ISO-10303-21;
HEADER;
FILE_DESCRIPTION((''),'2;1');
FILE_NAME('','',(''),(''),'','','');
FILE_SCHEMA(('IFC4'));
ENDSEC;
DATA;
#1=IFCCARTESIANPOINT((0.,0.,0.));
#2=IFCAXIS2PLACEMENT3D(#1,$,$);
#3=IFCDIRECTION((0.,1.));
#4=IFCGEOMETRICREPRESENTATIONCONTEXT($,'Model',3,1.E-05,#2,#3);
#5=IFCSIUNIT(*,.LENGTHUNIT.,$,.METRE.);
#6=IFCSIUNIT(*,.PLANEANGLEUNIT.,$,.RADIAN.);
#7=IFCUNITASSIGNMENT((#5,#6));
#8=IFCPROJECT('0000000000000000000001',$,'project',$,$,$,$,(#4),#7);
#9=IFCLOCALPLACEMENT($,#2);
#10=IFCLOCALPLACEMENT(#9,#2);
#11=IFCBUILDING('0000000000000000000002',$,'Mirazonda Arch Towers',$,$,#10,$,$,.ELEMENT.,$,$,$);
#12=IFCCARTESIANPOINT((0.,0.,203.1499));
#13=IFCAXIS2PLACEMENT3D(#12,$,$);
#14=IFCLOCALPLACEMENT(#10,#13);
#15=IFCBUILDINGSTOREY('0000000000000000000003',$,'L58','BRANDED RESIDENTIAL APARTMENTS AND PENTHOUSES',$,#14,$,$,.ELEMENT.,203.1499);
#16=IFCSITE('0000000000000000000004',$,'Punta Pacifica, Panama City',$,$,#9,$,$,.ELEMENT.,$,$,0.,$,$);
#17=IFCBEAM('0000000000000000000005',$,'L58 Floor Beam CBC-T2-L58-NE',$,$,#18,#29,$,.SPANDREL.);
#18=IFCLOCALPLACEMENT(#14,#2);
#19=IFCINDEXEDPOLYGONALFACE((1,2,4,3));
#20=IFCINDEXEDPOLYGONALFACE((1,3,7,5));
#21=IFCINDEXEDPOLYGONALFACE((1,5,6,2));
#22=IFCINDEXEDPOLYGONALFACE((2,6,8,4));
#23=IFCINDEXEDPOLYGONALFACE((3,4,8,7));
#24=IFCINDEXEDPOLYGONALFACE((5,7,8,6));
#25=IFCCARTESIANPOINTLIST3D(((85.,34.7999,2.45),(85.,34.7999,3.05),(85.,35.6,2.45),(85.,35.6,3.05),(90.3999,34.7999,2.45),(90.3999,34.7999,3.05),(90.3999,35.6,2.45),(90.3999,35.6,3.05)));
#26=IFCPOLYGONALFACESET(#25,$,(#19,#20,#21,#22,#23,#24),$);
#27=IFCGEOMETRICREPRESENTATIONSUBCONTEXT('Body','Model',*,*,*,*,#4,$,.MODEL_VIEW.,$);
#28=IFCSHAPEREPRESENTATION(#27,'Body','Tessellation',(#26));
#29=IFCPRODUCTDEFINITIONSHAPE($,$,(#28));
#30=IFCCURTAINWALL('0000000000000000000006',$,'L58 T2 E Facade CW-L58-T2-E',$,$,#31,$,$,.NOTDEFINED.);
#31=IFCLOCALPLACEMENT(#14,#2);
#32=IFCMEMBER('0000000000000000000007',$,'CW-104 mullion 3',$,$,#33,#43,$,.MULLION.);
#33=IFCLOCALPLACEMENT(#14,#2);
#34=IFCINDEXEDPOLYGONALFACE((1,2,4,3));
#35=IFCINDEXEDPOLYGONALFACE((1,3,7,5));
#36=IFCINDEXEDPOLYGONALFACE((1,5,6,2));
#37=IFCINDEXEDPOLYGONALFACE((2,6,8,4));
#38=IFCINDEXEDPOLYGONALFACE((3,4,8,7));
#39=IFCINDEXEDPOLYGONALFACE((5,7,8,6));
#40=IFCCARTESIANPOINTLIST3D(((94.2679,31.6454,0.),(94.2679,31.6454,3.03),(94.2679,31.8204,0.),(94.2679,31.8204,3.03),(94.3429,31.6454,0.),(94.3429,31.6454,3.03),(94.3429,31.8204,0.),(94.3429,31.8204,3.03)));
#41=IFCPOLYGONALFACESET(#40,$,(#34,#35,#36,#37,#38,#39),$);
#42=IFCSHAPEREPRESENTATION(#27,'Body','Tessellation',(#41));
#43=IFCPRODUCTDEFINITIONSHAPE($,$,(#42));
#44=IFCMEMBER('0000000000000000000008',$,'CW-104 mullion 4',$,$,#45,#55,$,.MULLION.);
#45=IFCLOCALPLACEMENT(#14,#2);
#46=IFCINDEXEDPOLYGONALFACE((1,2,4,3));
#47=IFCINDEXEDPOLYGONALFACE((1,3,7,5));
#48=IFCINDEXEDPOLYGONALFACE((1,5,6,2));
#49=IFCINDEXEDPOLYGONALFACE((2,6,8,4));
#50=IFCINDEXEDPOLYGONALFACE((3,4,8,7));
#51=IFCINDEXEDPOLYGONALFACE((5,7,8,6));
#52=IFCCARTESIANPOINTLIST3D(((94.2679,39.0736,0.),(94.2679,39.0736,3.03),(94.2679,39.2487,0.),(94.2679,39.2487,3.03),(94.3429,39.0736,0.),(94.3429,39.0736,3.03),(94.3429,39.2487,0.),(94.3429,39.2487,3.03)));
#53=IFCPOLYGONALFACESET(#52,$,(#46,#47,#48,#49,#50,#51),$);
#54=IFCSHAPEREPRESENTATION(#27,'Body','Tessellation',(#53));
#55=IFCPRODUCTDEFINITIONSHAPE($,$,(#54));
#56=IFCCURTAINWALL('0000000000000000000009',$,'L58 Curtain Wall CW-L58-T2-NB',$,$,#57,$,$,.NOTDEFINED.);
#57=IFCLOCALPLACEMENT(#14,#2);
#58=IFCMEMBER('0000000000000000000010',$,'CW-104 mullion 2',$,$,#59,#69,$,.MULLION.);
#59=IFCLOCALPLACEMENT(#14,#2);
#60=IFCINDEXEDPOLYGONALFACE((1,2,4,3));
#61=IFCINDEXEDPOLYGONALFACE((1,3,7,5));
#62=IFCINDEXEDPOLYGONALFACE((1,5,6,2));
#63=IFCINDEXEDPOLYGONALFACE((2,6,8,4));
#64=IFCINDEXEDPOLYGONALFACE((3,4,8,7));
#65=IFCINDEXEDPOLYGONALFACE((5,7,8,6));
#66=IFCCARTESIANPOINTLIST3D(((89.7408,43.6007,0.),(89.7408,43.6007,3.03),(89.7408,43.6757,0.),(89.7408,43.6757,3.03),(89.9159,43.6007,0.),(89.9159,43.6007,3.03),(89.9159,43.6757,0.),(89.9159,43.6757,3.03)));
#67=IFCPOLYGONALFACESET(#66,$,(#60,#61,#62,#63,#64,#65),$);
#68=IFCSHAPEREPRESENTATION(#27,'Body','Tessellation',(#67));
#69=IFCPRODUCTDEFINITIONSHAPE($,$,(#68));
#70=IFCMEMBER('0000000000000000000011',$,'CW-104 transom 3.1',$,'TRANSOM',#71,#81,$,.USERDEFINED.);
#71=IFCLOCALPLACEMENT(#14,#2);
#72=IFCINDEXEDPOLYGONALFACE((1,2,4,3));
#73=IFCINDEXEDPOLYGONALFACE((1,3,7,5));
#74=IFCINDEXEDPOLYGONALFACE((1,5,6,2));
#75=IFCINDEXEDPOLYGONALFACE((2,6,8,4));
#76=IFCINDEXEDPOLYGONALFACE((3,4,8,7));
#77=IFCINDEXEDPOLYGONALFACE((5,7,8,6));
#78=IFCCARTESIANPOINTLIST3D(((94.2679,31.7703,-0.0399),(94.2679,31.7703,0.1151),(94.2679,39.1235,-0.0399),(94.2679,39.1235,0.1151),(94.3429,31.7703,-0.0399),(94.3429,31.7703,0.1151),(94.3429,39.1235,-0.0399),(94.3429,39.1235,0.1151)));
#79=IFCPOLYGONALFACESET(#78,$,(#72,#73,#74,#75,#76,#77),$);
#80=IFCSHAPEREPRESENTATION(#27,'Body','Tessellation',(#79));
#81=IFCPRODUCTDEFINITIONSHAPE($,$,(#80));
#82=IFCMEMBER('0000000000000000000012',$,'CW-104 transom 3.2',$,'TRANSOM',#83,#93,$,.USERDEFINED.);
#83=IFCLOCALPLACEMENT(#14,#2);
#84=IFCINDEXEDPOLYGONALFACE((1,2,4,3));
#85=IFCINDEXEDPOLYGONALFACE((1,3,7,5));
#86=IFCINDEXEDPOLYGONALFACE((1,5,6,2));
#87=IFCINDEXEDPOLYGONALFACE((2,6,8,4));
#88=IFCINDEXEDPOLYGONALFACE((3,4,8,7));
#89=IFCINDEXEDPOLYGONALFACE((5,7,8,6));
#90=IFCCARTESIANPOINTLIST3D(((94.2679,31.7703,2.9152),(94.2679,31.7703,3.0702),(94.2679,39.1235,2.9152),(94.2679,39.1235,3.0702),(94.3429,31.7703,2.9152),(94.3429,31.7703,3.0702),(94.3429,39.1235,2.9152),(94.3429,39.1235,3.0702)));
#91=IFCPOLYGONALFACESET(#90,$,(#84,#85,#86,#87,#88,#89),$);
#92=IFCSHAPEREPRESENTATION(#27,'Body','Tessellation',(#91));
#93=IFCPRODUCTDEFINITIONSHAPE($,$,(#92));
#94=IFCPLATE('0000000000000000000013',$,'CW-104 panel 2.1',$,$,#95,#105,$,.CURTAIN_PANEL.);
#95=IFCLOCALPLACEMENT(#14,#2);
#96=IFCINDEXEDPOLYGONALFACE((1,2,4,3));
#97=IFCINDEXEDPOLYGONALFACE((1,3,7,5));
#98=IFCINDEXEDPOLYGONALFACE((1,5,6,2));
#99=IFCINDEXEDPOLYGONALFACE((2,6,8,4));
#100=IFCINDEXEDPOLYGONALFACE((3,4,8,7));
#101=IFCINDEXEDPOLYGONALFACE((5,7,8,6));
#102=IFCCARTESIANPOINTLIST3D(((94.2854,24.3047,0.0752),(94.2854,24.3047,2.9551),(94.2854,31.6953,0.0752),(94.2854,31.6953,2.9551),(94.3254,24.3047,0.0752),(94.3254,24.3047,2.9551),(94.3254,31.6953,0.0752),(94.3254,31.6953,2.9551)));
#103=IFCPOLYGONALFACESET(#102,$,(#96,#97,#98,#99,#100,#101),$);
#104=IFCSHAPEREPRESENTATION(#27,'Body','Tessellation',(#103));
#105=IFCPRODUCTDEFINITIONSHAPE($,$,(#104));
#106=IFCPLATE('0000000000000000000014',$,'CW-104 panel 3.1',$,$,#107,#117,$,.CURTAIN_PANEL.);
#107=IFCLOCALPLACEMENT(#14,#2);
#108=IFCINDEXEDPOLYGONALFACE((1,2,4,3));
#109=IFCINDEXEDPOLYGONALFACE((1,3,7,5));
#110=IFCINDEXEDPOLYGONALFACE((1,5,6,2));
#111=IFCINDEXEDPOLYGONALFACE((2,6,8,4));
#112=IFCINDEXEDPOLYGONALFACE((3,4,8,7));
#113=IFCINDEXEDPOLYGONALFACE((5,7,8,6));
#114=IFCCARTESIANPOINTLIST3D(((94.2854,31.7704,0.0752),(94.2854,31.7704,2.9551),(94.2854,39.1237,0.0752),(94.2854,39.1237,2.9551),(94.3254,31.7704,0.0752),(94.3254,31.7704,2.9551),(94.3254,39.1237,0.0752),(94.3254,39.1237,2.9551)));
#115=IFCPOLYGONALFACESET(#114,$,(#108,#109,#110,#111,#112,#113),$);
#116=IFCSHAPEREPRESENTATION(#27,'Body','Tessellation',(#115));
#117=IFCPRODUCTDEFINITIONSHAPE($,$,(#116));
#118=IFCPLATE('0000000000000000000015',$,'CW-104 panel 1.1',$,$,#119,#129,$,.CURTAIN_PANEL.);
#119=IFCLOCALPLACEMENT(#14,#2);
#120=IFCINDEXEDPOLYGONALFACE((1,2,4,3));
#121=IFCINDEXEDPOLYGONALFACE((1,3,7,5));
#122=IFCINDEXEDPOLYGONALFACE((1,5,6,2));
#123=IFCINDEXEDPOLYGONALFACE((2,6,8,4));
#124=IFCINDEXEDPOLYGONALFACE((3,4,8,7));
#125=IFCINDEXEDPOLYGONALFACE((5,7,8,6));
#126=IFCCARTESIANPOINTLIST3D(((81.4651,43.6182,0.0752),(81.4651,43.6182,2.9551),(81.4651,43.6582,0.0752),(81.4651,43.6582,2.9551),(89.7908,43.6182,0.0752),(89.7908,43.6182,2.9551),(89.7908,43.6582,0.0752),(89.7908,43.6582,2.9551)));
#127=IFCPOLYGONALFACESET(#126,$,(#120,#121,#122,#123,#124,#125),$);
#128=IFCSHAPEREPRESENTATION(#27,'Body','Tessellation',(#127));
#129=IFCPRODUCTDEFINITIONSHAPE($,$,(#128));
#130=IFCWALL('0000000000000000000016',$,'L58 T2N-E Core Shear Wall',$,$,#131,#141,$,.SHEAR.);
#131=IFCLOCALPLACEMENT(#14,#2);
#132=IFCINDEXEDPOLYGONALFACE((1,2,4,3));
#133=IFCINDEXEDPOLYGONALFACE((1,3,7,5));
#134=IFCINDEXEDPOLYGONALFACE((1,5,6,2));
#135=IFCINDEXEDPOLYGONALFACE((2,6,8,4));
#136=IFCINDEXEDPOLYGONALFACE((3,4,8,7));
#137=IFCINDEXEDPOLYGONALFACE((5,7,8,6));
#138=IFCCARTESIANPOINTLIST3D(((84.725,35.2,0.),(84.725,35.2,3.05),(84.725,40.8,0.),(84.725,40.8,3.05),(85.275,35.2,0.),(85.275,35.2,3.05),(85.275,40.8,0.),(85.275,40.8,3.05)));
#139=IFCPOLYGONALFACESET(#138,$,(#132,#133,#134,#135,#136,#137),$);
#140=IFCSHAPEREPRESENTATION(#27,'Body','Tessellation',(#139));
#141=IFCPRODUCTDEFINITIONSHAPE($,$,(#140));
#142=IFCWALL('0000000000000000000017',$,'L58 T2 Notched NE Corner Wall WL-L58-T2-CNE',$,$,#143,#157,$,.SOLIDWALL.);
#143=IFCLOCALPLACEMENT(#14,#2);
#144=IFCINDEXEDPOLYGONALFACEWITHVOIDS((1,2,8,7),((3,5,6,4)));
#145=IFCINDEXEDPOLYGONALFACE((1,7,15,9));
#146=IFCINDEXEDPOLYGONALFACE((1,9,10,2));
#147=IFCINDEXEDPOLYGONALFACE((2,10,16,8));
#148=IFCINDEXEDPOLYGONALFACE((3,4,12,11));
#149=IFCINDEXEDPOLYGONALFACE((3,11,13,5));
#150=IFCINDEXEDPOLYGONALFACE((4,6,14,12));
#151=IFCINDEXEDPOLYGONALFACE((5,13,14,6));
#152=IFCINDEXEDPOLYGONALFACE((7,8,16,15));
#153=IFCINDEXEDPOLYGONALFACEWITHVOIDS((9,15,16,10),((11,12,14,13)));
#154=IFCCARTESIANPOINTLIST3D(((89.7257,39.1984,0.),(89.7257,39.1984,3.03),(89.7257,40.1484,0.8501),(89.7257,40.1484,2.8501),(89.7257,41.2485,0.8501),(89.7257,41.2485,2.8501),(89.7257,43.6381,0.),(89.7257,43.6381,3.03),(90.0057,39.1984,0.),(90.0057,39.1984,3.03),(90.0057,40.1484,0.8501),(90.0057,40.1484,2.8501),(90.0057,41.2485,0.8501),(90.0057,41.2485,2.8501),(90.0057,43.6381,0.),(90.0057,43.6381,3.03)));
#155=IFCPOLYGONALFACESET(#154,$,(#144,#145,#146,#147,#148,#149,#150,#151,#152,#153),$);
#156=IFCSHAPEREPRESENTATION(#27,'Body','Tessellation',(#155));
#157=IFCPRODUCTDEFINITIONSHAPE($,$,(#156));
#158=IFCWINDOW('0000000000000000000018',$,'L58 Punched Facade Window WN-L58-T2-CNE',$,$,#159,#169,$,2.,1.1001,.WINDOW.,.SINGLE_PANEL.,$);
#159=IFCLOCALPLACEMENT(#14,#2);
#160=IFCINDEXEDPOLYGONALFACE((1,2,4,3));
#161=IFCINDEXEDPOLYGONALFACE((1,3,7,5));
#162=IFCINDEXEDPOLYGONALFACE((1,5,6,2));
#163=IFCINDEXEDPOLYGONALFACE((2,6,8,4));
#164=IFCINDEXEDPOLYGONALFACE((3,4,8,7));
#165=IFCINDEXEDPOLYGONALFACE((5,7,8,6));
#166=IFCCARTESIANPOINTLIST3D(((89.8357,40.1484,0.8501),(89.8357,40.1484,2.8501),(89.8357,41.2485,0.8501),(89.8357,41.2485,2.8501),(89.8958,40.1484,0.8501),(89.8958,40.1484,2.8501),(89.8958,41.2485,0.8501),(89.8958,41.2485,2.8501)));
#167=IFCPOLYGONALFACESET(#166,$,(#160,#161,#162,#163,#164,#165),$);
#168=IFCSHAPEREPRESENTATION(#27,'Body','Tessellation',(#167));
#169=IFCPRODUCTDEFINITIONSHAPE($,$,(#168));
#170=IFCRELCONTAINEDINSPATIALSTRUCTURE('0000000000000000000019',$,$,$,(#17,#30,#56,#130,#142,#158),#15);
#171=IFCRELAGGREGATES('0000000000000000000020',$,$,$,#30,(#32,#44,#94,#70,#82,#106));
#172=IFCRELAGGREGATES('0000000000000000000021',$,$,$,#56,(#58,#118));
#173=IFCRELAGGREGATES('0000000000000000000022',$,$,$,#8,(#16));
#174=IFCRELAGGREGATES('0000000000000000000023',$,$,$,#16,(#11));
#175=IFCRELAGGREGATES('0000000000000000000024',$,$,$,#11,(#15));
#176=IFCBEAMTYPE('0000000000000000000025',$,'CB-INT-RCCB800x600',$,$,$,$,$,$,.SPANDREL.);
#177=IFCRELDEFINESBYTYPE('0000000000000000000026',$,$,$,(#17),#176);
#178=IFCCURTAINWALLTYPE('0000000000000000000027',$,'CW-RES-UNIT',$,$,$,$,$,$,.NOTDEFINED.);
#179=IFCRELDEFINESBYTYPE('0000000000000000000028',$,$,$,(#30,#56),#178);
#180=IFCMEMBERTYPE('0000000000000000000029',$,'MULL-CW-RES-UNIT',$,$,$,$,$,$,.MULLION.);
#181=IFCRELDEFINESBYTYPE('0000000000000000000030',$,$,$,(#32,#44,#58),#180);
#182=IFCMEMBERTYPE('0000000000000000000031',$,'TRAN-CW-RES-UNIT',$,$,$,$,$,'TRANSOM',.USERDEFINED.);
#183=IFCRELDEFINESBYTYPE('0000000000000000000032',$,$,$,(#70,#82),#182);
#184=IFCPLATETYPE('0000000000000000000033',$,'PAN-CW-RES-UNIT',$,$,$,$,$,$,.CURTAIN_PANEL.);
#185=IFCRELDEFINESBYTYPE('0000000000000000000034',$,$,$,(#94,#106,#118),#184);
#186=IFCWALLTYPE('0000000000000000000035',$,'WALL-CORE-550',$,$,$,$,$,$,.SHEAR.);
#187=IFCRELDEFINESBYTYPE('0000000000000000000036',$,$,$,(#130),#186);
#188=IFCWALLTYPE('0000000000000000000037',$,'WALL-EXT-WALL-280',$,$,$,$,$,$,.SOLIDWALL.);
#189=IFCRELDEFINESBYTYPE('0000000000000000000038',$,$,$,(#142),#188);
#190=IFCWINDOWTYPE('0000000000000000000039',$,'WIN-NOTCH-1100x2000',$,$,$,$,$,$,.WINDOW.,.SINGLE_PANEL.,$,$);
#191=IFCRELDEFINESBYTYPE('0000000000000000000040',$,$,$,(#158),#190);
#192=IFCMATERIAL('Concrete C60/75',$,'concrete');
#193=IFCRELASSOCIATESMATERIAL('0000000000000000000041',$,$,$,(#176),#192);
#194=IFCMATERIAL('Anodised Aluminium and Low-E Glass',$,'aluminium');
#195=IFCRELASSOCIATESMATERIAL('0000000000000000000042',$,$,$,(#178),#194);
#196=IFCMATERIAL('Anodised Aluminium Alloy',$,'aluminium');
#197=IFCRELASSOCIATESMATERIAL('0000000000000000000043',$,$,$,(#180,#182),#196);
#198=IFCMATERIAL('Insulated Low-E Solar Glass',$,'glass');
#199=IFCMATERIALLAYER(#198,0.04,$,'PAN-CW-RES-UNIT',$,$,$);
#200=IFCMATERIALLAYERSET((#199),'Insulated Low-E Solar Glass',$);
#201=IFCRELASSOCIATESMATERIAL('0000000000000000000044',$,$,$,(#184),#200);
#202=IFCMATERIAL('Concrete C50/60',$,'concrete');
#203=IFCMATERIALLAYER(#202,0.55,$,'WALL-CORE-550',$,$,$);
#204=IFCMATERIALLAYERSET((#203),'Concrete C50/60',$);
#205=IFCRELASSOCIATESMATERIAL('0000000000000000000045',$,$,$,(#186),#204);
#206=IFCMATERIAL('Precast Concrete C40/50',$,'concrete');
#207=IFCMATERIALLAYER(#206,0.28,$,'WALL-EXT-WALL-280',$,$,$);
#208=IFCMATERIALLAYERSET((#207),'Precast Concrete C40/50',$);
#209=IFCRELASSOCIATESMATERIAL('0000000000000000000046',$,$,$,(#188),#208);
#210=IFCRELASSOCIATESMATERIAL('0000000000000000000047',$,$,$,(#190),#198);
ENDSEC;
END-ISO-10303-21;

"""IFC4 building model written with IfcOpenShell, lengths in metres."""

from ifc_helpers import new_model, si_unit, direction, frame, frame_2d, origin, origin_2d, place, context, subcontext, project, spatial, rectangle, extrude, material, layer, layer_set, material_profile, profile_set, type_object, element, fill, aggregate, save


model = new_model("IFC4")

# Units and contexts
model_context = context("Model", 3, precision=1e-05, world=origin(), true_north=direction((0.0, 1.0)))
body_context = subcontext(model_context, "Body", "Model", "MODEL_VIEW")
ifc_project = project(units=[si_unit("LENGTHUNIT", "METRE"), si_unit("PLANEANGLEUNIT", "RADIAN")], contexts=[model_context])

# Site, building, storey
site_placement = place(None, origin())
site = spatial("IfcSite", under=ifc_project, at=site_placement, Name="Punta Pacifica, Panama City", CompositionType="ELEMENT", RefElevation=0.0)
building_placement = place(site_placement, origin())
building = spatial("IfcBuilding", under=site, at=building_placement, Name="Mirazonda Arch Towers", CompositionType="ELEMENT")
storey_placement = place(building_placement, frame((0.0, 0.0, 203.1499)))
storey = spatial("IfcBuildingStorey", under=building, at=storey_placement, Name="L58", Description="BRANDED RESIDENTIAL APARTMENTS AND PENTHOUSES", CompositionType="ELEMENT", Elevation=203.1499)

# Shared definitions
ifc_material_1 = material(Name="Concrete C50/60", Category="concrete")

# Beam
ifc_material_2 = material(Name="Concrete C60/75", Category="concrete")
ifc_material_profile_1 = material_profile(ifc_material_2, rectangle(XDim=0.8, YDim=0.6001, at=origin_2d()), Name="RCCB800x600")
ifc_profile_set_1 = profile_set([ifc_material_profile_1], Name="Concrete C60/75")
beam_type_1 = type_object("IfcBeamType", Name="CB-INT-RCCB800x600", PredefinedType="SPANDREL", material=ifc_profile_set_1)
beam_1_placement = place(storey_placement, frame((85.0, 35.2, 2.75), z_axis=(1.0, 0.0, 0.0), x_axis=(0.0, 1.0, 0.0)))
element("IfcBeam", 1, at=beam_1_placement, inside=storey, type_object=beam_type_1, Name="L58 Floor Beam CBC-T2-L58-NE", PredefinedType="SPANDREL", context=body_context, shape_type="SweptSolid", body=[
    extrude(rectangle(XDim=0.8, YDim=0.6001, at=origin_2d()), origin(), (0.0, 0.0, 1.0), 5.3999),
])

# Curtain wall, members
ifc_material_3 = material(Name="Anodised Aluminium and Low-E Glass", Category="aluminium")
curtain_wall_type = type_object("IfcCurtainWallType", Name="CW-RES-UNIT", PredefinedType="NOTDEFINED", material=ifc_material_3)
curtain_wall_1_placement = place(storey_placement, origin())
curtain_wall_1 = element("IfcCurtainWall", 2, at=curtain_wall_1_placement, inside=storey, type_object=curtain_wall_type, Name="L58 T2 E Facade CW-L58-T2-E", PredefinedType="NOTDEFINED")
ifc_material_4 = material(Name="Anodised Aluminium Alloy", Category="aluminium")
ifc_material_profile_2 = material_profile(ifc_material_4, rectangle(XDim=0.075, YDim=0.175, at=origin_2d()), Name="ALU-MULL-75x175")
ifc_profile_set_2 = profile_set([ifc_material_profile_2], Name="Anodised Aluminium Alloy")
member_type_1 = type_object("IfcMemberType", Name="MULL-CW-RES-UNIT", PredefinedType="MULLION", material=ifc_profile_set_2)
member_1_placement = place(storey_placement, frame((94.3054, 31.7329, 0.0), z_axis=(0.0, 0.0, 1.0), x_axis=(-1.0, 0.0, 0.0)))
member_1 = element("IfcMember", 3, at=member_1_placement, type_object=member_type_1, Name="CW-104 mullion 3", PredefinedType="MULLION", context=body_context, shape_type="SweptSolid", body=[
    extrude(rectangle(XDim=0.075, YDim=0.175, at=origin_2d()), origin(), (0.0, 0.0, 1.0), 3.03),
])
member_2_placement = place(storey_placement, frame((94.3054, 39.1611, 0.0), z_axis=(0.0, 0.0, 1.0), x_axis=(-1.0, 0.0, 0.0)))
member_2 = element("IfcMember", 4, at=member_2_placement, type_object=member_type_1, Name="CW-104 mullion 4", PredefinedType="MULLION", context=body_context, shape_type="SweptSolid", body=[
    extrude(rectangle(XDim=0.075, YDim=0.175, at=origin_2d()), origin(), (0.0, 0.0, 1.0), 3.03),
])

# Curtain wall, member
curtain_wall_2_placement = place(storey_placement, origin())
curtain_wall_2 = element("IfcCurtainWall", 5, at=curtain_wall_2_placement, inside=storey, type_object=curtain_wall_type, Name="L58 Curtain Wall CW-L58-T2-NB", PredefinedType="NOTDEFINED")
member_3_placement = place(storey_placement, frame((89.8284, 43.6382, 0.0), z_axis=(0.0, 0.0, 1.0), x_axis=(0.0, 1.0, 0.0)))
member_3 = element("IfcMember", 6, at=member_3_placement, type_object=member_type_1, Name="CW-104 mullion 2", PredefinedType="MULLION", context=body_context, shape_type="SweptSolid", body=[
    extrude(rectangle(XDim=0.075, YDim=0.175, at=origin_2d()), origin(), (0.0, 0.0, 1.0), 3.03),
])

# Members
ifc_material_profile_3 = material_profile(ifc_material_4, rectangle(XDim=0.075, YDim=0.155, at=origin_2d()), Name="ALU-TRAN-75x155")
ifc_profile_set_3 = profile_set([ifc_material_profile_3], Name="Anodised Aluminium Alloy")
member_type_2 = type_object("IfcMemberType", Name="TRAN-CW-RES-UNIT", ElementType="TRANSOM", PredefinedType="USERDEFINED", material=ifc_profile_set_3)
member_4_placement = place(storey_placement, frame((94.3054, 31.7703, 0.0376), z_axis=(0.0, 1.0, 0.0), x_axis=(-1.0, 0.0, 0.0)))
member_4 = element("IfcMember", 7, at=member_4_placement, type_object=member_type_2, Name="CW-104 transom 3.1", ObjectType="TRANSOM", PredefinedType="USERDEFINED", context=body_context, shape_type="SweptSolid", body=[
    extrude(rectangle(XDim=0.075, YDim=0.155, at=origin_2d()), origin(), (0.0, 0.0, 1.0), 7.3533),
])
member_5_placement = place(storey_placement, frame((94.3054, 31.7703, 2.9927), z_axis=(0.0, 1.0, 0.0), x_axis=(-1.0, 0.0, 0.0)))
member_5 = element("IfcMember", 8, at=member_5_placement, type_object=member_type_2, Name="CW-104 transom 3.2", ObjectType="TRANSOM", PredefinedType="USERDEFINED", context=body_context, shape_type="SweptSolid", body=[
    extrude(rectangle(XDim=0.075, YDim=0.155, at=origin_2d()), origin(), (0.0, 0.0, 1.0), 7.3533),
])

# Plates
ifc_material_5 = material(Name="Insulated Low-E Solar Glass", Category="glass")
ifc_layer_1 = layer(ifc_material_5, 0.04, Name="PAN-CW-RES-UNIT")
ifc_layer_set_1 = layer_set([ifc_layer_1], Name="Insulated Low-E Solar Glass")
plate_type = type_object("IfcPlateType", Name="PAN-CW-RES-UNIT", PredefinedType="CURTAIN_PANEL", material=ifc_layer_set_1)
plate_1_placement = place(storey_placement, frame((94.3054, 28.0, 0.0752), z_axis=(0.0, 0.0, 1.0), x_axis=(0.0, 1.0, 0.0)))
plate_1 = element("IfcPlate", 9, at=plate_1_placement, type_object=plate_type, Name="CW-104 panel 2.1", PredefinedType="CURTAIN_PANEL", context=body_context, shape_type="SweptSolid", body=[
    extrude(rectangle(XDim=7.3906, YDim=0.04, at=origin_2d()), origin(), (0.0, 0.0, 1.0), 2.8799),
])
plate_2_placement = place(storey_placement, frame((94.3054, 35.447, 0.0752), z_axis=(0.0, 0.0, 1.0), x_axis=(0.0, 1.0, 0.0)))
plate_2 = element("IfcPlate", 10, at=plate_2_placement, type_object=plate_type, Name="CW-104 panel 3.1", PredefinedType="CURTAIN_PANEL", context=body_context, shape_type="SweptSolid", body=[
    extrude(rectangle(XDim=7.3533, YDim=0.04, at=origin_2d()), origin(), (0.0, 0.0, 1.0), 2.8799),
])
aggregate(curtain_wall_1, [member_1, member_2, plate_1, member_4, member_5, plate_2])
plate_3_placement = place(storey_placement, frame((85.6279, 43.6382, 0.0752), z_axis=(0.0, 0.0, 1.0), x_axis=(1.0, 0.0, 0.0)))
plate_3 = element("IfcPlate", 11, at=plate_3_placement, type_object=plate_type, Name="CW-104 panel 1.1", PredefinedType="CURTAIN_PANEL", context=body_context, shape_type="SweptSolid", body=[
    extrude(rectangle(XDim=8.3257, YDim=0.04, at=origin_2d()), origin(), (0.0, 0.0, 1.0), 2.8799),
])
aggregate(curtain_wall_2, [member_3, plate_3])

# Wall
ifc_layer_2 = layer(ifc_material_1, 0.55, Name="WALL-CORE-550")
ifc_layer_set_2 = layer_set([ifc_layer_2], Name="Concrete C50/60")
wall_type_1 = type_object("IfcWallType", Name="WALL-CORE-550", PredefinedType="SHEAR", material=ifc_layer_set_2)
wall_1_placement = place(storey_placement, frame((85.0, 35.2, 0.0), z_axis=(0.0, 0.0, 1.0), x_axis=(0.0, 1.0, 0.0)))
element("IfcWall", 12, at=wall_1_placement, inside=storey, type_object=wall_type_1, Name="L58 T2N-E Core Shear Wall", PredefinedType="SHEAR", context=body_context, shape_type="SweptSolid", body=[
    extrude(rectangle(XDim=5.6001, YDim=0.55, at=frame_2d((2.8, 0.0))), origin(), (0.0, 0.0, 1.0), 3.05),
])

# Wall, opening, window
ifc_material_6 = material(Name="Precast Concrete C40/50", Category="concrete")
ifc_layer_3 = layer(ifc_material_6, 0.28, Name="WALL-EXT-WALL-280")
ifc_layer_set_3 = layer_set([ifc_layer_3], Name="Precast Concrete C40/50")
wall_type_2 = type_object("IfcWallType", Name="WALL-EXT-WALL-280", PredefinedType="SOLIDWALL", material=ifc_layer_set_3)
wall_2_placement = place(storey_placement, frame((89.8657, 39.1985, 0.0), z_axis=(0.0, 0.0, 1.0), x_axis=(0.0, 1.0, 0.0)))
wall_2 = element("IfcWall", 13, at=wall_2_placement, inside=storey, type_object=wall_type_2, Name="L58 T2 Notched NE Corner Wall WL-L58-T2-CNE", PredefinedType="SOLIDWALL", context=body_context, shape_type="SweptSolid", body=[
    extrude(rectangle(XDim=4.4397, YDim=0.28, at=frame_2d((2.2197, 0.0))), origin(), (0.0, 0.0, 1.0), 3.03),
])
opening_1_placement = place(wall_2_placement, frame((0.95, 0.0, 0.8501)))
opening_1 = element("IfcOpeningElement", 14, at=opening_1_placement, cuts=wall_2, PredefinedType="OPENING", context=body_context, shape_type="SweptSolid", body=[
    extrude(rectangle(XDim=1.1001, YDim=2.0, at=frame_2d((0.55, 1.0))), frame((0.0, 0.1499, 0.0), z_axis=(0.0, -1.0, 0.0), x_axis=(1.0, 0.0, 0.0)), (0.0, 0.0, 1.0), 0.3),
])
window_type = type_object("IfcWindowType", Name="WIN-NOTCH-1100x2000", PartitioningType="SINGLE_PANEL", PredefinedType="WINDOW", material=ifc_material_5)
window_1_placement = place(opening_1_placement, origin())
window_1 = element("IfcWindow", 15, at=window_1_placement, inside=storey, type_object=window_type, Name="L58 Punched Facade Window WN-L58-T2-CNE", OverallHeight=2.0, OverallWidth=1.1001, PartitioningType="SINGLE_PANEL", PredefinedType="WINDOW", context=body_context, shape_type="SweptSolid", body=[
    extrude(rectangle(XDim=1.1001, YDim=2.0, at=frame_2d((0.55, 1.0))), frame((0.0, 0.03, 0.0), z_axis=(0.0, -1.0, 0.0), x_axis=(1.0, 0.0, 0.0)), (0.0, 0.0, 1.0), 0.0601),
])
fill(opening_1, window_1)

save(model, "model.ifc")
